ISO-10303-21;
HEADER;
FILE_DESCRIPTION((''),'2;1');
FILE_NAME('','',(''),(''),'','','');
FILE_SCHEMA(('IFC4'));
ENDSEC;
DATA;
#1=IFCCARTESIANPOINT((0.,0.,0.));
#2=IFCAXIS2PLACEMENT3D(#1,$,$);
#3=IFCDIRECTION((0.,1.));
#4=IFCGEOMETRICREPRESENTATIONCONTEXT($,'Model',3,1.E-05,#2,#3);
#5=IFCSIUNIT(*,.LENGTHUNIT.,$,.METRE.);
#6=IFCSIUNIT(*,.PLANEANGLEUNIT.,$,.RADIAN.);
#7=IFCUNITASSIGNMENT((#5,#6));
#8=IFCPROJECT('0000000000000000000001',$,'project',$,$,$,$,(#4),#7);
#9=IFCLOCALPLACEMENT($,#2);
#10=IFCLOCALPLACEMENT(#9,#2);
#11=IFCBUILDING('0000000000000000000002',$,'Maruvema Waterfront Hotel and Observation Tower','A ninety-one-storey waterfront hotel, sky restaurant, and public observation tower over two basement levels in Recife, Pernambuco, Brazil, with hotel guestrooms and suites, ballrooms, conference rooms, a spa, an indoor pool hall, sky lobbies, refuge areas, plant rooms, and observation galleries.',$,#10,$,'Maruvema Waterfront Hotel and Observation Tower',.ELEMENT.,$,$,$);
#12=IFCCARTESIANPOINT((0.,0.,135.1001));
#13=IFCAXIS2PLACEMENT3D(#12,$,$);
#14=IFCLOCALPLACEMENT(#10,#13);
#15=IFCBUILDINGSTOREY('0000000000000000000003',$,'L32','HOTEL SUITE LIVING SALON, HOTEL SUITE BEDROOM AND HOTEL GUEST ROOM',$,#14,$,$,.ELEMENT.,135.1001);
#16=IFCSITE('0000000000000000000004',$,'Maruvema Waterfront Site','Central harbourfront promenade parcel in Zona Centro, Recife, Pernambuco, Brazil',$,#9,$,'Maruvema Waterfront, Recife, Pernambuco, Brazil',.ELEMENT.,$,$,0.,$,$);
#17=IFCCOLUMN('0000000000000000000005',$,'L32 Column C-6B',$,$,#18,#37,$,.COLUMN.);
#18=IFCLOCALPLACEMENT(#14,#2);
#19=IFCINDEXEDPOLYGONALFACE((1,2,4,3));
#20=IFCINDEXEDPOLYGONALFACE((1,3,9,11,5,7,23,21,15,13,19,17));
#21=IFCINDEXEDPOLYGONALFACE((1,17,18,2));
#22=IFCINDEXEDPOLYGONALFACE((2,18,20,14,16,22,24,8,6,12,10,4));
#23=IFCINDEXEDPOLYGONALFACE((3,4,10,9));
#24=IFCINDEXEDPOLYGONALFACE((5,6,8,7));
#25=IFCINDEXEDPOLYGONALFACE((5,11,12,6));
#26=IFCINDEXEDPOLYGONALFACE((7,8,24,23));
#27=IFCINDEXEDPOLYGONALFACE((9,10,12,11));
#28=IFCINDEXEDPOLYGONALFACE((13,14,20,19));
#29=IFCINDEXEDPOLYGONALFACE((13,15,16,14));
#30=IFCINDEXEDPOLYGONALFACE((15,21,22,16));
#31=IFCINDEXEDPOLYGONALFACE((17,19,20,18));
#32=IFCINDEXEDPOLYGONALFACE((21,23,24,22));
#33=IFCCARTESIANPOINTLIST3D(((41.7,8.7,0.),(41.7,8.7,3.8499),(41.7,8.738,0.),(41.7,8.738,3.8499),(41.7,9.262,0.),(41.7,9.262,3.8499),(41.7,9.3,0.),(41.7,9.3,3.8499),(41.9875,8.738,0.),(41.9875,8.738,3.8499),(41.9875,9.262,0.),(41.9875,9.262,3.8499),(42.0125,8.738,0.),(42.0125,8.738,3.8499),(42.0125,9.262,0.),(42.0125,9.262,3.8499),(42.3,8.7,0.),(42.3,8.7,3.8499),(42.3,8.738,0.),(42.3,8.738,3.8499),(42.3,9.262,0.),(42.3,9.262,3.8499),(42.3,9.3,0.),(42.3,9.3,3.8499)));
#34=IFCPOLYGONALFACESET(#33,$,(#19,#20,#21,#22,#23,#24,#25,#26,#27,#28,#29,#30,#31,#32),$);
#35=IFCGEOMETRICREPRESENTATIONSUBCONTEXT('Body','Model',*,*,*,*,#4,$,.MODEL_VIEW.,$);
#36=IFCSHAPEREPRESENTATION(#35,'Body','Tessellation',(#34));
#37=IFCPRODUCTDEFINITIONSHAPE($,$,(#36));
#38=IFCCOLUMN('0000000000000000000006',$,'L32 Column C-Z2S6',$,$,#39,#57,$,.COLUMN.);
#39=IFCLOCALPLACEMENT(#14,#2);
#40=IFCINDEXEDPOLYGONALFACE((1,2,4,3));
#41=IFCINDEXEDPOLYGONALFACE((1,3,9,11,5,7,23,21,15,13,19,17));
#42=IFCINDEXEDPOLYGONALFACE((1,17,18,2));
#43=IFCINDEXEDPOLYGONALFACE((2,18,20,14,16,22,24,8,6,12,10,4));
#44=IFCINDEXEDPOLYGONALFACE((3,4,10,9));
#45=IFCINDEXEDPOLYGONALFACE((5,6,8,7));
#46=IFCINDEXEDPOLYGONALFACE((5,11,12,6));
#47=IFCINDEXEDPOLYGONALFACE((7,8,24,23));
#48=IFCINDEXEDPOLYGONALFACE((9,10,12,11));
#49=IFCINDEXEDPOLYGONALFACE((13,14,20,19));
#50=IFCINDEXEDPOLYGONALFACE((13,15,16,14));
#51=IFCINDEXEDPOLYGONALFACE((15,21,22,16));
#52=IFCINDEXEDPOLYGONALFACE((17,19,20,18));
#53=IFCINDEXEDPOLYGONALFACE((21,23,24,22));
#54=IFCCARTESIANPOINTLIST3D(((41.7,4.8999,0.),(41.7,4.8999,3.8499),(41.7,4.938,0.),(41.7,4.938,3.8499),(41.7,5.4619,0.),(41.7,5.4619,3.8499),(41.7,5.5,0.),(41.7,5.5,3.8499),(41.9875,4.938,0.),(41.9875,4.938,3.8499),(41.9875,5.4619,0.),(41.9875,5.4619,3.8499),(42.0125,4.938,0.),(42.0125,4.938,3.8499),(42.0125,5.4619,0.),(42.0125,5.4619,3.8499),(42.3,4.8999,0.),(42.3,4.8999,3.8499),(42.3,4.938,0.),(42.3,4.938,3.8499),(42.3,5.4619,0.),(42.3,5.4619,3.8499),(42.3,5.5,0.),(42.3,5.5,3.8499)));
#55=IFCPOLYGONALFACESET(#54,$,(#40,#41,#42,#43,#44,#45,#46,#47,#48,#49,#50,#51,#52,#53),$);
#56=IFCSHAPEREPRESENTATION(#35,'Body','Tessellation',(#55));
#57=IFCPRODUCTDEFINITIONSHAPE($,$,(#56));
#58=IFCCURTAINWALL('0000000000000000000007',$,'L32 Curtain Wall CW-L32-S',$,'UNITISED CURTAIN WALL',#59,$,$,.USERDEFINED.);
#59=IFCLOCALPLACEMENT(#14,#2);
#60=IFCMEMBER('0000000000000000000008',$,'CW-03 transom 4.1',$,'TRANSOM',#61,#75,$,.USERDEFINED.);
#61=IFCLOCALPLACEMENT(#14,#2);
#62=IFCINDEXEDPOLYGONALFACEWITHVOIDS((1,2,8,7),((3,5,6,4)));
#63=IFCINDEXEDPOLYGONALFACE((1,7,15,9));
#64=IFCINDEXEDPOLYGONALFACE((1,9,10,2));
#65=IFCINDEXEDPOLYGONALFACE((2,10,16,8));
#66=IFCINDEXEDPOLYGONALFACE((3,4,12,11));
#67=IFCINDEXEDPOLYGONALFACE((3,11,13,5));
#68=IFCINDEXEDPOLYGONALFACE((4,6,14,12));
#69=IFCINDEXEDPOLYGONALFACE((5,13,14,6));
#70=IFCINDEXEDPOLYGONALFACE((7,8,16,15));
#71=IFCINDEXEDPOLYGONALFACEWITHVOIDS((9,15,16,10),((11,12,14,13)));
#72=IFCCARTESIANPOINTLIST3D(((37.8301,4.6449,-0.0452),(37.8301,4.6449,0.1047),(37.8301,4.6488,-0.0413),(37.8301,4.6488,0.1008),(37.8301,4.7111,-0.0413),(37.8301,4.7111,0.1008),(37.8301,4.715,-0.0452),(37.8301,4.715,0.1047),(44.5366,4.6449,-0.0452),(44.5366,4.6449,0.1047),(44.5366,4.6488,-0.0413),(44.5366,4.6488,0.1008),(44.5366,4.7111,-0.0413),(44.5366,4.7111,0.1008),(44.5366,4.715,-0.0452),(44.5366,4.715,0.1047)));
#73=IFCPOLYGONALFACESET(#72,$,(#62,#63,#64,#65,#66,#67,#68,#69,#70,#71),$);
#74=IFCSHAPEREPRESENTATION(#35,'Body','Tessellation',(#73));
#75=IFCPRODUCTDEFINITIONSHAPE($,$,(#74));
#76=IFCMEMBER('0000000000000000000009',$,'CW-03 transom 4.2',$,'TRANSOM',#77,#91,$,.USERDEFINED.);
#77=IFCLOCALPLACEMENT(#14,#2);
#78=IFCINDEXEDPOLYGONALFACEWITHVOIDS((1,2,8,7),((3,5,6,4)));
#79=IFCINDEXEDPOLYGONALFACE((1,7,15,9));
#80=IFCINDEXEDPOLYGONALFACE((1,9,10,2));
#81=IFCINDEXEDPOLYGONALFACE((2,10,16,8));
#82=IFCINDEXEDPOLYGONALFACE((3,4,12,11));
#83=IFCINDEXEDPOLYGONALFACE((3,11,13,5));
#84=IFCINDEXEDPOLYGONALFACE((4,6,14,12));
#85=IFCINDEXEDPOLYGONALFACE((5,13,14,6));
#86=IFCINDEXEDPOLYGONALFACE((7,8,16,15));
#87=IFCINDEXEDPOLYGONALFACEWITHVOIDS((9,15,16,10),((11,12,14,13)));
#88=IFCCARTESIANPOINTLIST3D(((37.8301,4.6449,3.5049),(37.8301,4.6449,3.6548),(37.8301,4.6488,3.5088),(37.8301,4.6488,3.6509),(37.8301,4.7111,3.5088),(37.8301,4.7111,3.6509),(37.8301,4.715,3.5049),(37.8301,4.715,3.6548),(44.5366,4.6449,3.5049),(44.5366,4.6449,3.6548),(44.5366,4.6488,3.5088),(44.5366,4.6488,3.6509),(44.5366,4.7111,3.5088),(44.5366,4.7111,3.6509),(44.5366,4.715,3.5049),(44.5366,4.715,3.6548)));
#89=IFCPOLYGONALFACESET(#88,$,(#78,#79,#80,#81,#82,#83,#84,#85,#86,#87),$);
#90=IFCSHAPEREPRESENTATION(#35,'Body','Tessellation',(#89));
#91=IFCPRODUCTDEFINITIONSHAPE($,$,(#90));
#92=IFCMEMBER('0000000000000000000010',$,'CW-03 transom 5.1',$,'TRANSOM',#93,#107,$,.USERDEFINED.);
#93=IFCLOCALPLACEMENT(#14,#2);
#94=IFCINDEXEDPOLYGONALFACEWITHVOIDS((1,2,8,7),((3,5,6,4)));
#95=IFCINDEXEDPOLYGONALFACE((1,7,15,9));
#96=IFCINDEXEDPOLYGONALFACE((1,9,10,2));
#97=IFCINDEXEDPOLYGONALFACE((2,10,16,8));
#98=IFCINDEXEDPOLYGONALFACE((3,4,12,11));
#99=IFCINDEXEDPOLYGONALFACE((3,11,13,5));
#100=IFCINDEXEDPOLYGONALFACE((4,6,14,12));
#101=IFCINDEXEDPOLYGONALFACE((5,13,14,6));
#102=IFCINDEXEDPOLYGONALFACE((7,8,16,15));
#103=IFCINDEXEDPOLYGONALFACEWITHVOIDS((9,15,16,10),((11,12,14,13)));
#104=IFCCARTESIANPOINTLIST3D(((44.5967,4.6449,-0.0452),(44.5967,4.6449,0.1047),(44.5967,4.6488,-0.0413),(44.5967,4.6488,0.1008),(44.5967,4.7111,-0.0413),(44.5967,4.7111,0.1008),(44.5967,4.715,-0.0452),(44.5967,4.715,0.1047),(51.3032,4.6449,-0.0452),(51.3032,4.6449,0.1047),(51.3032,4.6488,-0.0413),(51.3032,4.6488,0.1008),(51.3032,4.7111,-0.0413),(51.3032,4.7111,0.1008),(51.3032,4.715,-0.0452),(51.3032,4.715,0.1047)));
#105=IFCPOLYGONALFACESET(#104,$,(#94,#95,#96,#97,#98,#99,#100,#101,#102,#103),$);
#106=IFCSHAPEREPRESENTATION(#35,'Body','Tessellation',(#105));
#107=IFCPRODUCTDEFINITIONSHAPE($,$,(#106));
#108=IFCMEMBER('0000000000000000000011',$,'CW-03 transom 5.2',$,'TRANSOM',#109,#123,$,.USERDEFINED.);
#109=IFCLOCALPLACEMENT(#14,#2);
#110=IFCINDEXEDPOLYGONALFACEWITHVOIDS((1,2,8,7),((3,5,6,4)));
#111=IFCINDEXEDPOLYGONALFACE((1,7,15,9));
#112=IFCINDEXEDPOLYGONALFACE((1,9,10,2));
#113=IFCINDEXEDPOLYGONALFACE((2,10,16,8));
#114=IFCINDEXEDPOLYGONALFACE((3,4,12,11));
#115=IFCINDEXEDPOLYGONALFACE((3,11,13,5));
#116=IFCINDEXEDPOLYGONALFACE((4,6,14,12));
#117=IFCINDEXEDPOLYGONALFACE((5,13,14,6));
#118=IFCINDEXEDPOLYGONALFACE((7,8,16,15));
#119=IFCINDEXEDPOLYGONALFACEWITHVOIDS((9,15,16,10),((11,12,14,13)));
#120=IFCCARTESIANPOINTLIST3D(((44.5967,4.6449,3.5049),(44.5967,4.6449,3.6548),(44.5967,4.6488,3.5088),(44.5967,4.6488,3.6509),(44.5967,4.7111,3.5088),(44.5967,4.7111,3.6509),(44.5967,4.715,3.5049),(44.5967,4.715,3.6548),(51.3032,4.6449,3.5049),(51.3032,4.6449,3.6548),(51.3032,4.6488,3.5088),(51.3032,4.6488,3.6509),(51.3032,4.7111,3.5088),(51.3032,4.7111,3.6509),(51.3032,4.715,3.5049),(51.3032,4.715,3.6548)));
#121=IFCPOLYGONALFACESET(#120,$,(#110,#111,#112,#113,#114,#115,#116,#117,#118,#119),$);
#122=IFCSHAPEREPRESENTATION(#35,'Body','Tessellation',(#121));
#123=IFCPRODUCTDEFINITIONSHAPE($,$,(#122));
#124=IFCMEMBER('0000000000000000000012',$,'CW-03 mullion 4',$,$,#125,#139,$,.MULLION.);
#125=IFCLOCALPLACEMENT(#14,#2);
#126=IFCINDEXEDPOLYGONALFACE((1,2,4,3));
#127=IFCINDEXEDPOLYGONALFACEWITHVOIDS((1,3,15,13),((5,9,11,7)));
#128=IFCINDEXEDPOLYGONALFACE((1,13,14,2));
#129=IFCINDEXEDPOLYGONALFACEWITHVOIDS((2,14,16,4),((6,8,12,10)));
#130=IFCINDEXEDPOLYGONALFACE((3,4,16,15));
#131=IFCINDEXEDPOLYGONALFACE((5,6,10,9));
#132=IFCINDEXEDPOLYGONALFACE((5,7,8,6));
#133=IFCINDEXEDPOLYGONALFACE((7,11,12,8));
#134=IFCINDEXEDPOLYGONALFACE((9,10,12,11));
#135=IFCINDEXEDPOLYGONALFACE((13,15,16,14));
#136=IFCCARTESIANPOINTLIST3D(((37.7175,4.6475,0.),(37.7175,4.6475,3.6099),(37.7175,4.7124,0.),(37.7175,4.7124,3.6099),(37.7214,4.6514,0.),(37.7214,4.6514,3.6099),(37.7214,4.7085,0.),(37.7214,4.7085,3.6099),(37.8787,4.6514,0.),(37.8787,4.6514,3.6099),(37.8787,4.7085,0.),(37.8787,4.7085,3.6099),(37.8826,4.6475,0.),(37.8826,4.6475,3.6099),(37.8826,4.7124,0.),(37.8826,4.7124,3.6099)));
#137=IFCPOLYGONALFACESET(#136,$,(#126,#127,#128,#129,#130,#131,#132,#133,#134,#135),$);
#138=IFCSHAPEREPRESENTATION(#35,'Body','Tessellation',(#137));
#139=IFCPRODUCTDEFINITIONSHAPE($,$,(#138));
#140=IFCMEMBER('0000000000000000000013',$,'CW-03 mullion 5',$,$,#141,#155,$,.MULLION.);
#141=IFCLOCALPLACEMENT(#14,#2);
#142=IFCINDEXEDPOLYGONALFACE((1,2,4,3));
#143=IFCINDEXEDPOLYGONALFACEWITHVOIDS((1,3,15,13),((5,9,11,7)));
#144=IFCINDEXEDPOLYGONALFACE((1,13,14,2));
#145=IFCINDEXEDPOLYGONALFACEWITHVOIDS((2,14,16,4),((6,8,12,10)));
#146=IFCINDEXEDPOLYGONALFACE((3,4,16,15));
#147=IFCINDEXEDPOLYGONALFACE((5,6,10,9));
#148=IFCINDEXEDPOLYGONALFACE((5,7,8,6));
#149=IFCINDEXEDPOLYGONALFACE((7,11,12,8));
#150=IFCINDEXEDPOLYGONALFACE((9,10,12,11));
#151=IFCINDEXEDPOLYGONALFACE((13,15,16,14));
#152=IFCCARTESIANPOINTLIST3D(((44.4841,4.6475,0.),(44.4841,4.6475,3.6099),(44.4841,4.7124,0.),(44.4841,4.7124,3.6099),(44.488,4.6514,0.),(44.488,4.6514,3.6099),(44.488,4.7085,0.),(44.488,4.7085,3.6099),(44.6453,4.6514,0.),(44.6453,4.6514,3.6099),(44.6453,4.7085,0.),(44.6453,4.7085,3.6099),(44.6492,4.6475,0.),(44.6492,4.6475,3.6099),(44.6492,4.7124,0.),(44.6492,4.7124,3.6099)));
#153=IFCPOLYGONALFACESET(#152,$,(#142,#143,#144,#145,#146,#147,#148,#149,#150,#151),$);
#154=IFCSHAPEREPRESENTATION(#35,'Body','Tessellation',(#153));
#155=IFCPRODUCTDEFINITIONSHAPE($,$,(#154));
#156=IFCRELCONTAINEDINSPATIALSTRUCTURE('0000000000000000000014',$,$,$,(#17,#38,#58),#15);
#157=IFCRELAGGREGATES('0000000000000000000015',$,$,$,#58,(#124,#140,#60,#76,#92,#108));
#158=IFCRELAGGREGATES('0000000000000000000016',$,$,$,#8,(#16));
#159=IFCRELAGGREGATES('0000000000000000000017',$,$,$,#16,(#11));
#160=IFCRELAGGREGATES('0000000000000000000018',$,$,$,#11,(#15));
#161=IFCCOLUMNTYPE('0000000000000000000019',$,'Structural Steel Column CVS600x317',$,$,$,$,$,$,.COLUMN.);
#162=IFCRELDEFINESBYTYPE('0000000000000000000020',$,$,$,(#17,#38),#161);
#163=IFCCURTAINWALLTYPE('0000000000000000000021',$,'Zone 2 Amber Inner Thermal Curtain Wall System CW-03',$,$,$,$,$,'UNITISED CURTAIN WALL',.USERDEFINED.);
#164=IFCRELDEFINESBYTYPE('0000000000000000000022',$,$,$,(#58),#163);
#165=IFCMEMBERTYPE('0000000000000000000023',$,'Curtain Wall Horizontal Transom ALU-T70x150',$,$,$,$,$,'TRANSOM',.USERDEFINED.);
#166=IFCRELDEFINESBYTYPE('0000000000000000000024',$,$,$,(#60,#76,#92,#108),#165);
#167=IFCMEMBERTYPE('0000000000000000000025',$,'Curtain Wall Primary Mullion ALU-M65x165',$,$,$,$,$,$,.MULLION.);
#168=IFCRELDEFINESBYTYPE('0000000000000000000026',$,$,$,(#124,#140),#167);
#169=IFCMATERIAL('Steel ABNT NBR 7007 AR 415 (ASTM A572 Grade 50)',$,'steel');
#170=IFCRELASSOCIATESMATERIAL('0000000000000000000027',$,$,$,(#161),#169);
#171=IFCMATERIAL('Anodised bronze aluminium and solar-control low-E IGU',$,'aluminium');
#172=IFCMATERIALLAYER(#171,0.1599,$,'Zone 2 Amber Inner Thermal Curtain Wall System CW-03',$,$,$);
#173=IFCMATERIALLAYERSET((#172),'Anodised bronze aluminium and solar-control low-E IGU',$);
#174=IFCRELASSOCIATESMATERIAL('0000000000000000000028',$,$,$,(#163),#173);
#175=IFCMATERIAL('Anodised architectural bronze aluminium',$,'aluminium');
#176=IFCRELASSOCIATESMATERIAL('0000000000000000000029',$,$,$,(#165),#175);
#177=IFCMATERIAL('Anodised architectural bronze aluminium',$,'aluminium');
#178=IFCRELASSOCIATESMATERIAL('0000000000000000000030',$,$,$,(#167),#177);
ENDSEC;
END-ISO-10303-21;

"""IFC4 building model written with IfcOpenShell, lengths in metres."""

from ifc_helpers import new_model, si_unit, direction, frame, origin, origin_2d, place, context, subcontext, project, spatial, hollow_rectangle, i_section, extrude, material, layer, layer_set, material_profile, profile_set, type_object, element, aggregate, save


model = new_model("IFC4")

# Units and contexts
model_context = context("Model", 3, precision=1e-05, world=origin(), true_north=direction((0.0, 1.0)))
body_context = subcontext(model_context, "Body", "Model", "MODEL_VIEW")
ifc_project = project(units=[si_unit("LENGTHUNIT", "METRE"), si_unit("PLANEANGLEUNIT", "RADIAN")], contexts=[model_context])

# Site, building, storey
site_placement = place(None, origin())
site = spatial("IfcSite", under=ifc_project, at=site_placement, Name="Maruvema Waterfront Site", Description="Central harbourfront promenade parcel in Zona Centro, Recife, Pernambuco, Brazil", LongName="Maruvema Waterfront, Recife, Pernambuco, Brazil", CompositionType="ELEMENT", RefElevation=0.0)
building_placement = place(site_placement, origin())
building = spatial("IfcBuilding", under=site, at=building_placement, Name="Maruvema Waterfront Hotel and Observation Tower", Description="A ninety-one-storey waterfront hotel, sky restaurant, and public observation tower over two basement levels in Recife, Pernambuco, Brazil, with hotel guestrooms and suites, ballrooms, conference rooms, a spa, an indoor pool hall, sky lobbies, refuge areas, plant rooms, and observation galleries.", LongName="Maruvema Waterfront Hotel and Observation Tower", CompositionType="ELEMENT")
storey_placement = place(building_placement, frame((0.0, 0.0, 135.1001)))
storey = spatial("IfcBuildingStorey", under=building, at=storey_placement, Name="L32", Description="HOTEL SUITE LIVING SALON, HOTEL SUITE BEDROOM AND HOTEL GUEST ROOM", CompositionType="ELEMENT", Elevation=135.1001)

# Columns
ifc_material_1 = material(Name="Steel ABNT NBR 7007 AR 415 (ASTM A572 Grade 50)", Category="steel")
ifc_material_profile_1 = material_profile(ifc_material_1, i_section(OverallWidth=0.6001, OverallDepth=0.6001, WebThickness=0.0249, FlangeThickness=0.0381, at=origin_2d()), Name="CVS600x317")
ifc_profile_set_1 = profile_set([ifc_material_profile_1], Name="Steel ABNT NBR 7007 AR 415 (ASTM A572 Grade 50)")
column_type = type_object("IfcColumnType", Name="Structural Steel Column CVS600x317", PredefinedType="COLUMN", material=ifc_profile_set_1)
for number, where, z_axis, x_axis, name in (
    (1, (42.0, 9.0, 0.0), (0.0, 0.0, 1.0), (1.0, 0.0, 0.0), "L32 Column C-6B"),
    (2, (42.0, 5.2, 0.0), (0.0, 0.0, 1.0), (1.0, 0.0, 0.0), "L32 Column C-Z2S6"),
):
    element("IfcColumn", number, at=place(storey_placement, frame(where, z_axis=z_axis, x_axis=x_axis)), inside=storey, type_object=column_type, Name=name, PredefinedType="COLUMN", context=body_context, shape_type="SweptSolid", body=[
        extrude(i_section(OverallWidth=0.6001, OverallDepth=0.6001, WebThickness=0.0249, FlangeThickness=0.0381, at=origin_2d()), origin(), (0.0, 0.0, 1.0), 3.8499),
    ])

# Curtain wall, members
ifc_material_2 = material(Name="Anodised bronze aluminium and solar-control low-E IGU", Category="aluminium")
ifc_layer_1 = layer(ifc_material_2, 0.1599, Name="Zone 2 Amber Inner Thermal Curtain Wall System CW-03")
ifc_layer_set_1 = layer_set([ifc_layer_1], Name="Anodised bronze aluminium and solar-control low-E IGU")
curtain_wall_type = type_object("IfcCurtainWallType", Name="Zone 2 Amber Inner Thermal Curtain Wall System CW-03", ElementType="UNITISED CURTAIN WALL", PredefinedType="USERDEFINED", material=ifc_layer_set_1)
curtain_wall_placement = place(storey_placement, origin())
curtain_wall = element("IfcCurtainWall", 3, at=curtain_wall_placement, inside=storey, type_object=curtain_wall_type, Name="L32 Curtain Wall CW-L32-S", ObjectType="UNITISED CURTAIN WALL", PredefinedType="USERDEFINED")
ifc_material_3 = material(Name="Anodised architectural bronze aluminium", Category="aluminium")
ifc_material_profile_2 = material_profile(ifc_material_3, hollow_rectangle(XDim=0.0701, YDim=0.1499, WallThickness=0.0039, at=origin_2d()), Name="ALU-T70x150")
ifc_profile_set_2 = profile_set([ifc_material_profile_2], Name="Anodised architectural bronze aluminium")
member_type_1 = type_object("IfcMemberType", Name="Curtain Wall Horizontal Transom ALU-T70x150", ElementType="TRANSOM", PredefinedType="USERDEFINED", material=ifc_profile_set_2)
member_1_placement = place(storey_placement, frame((37.8301, 4.6799, 0.0298), z_axis=(1.0, 0.0, 0.0), x_axis=(0.0, 1.0, 0.0)))
member_1 = element("IfcMember", 4, at=member_1_placement, type_object=member_type_1, Name="CW-03 transom 4.1", ObjectType="TRANSOM", PredefinedType="USERDEFINED", context=body_context, shape_type="SweptSolid", body=[
    extrude(hollow_rectangle(XDim=0.0701, YDim=0.1499, WallThickness=0.0039, at=origin_2d()), origin(), (0.0, 0.0, 1.0), 6.7065),
])
member_2_placement = place(storey_placement, frame((37.8301, 4.6799, 3.5798), z_axis=(1.0, 0.0, 0.0), x_axis=(0.0, 1.0, 0.0)))
member_2 = element("IfcMember", 5, at=member_2_placement, type_object=member_type_1, Name="CW-03 transom 4.2", ObjectType="TRANSOM", PredefinedType="USERDEFINED", context=body_context, shape_type="SweptSolid", body=[
    extrude(hollow_rectangle(XDim=0.0701, YDim=0.1499, WallThickness=0.0039, at=origin_2d()), origin(), (0.0, 0.0, 1.0), 6.7065),
])
member_3_placement = place(storey_placement, frame((44.5967, 4.6799, 0.0298), z_axis=(1.0, 0.0, 0.0), x_axis=(0.0, 1.0, 0.0)))
member_3 = element("IfcMember", 6, at=member_3_placement, type_object=member_type_1, Name="CW-03 transom 5.1", ObjectType="TRANSOM", PredefinedType="USERDEFINED", context=body_context, shape_type="SweptSolid", body=[
    extrude(hollow_rectangle(XDim=0.0701, YDim=0.1499, WallThickness=0.0039, at=origin_2d()), origin(), (0.0, 0.0, 1.0), 6.7065),
])
member_4_placement = place(storey_placement, frame((44.5967, 4.6799, 3.5798), z_axis=(1.0, 0.0, 0.0), x_axis=(0.0, 1.0, 0.0)))
member_4 = element("IfcMember", 7, at=member_4_placement, type_object=member_type_1, Name="CW-03 transom 5.2", ObjectType="TRANSOM", PredefinedType="USERDEFINED", context=body_context, shape_type="SweptSolid", body=[
    extrude(hollow_rectangle(XDim=0.0701, YDim=0.1499, WallThickness=0.0039, at=origin_2d()), origin(), (0.0, 0.0, 1.0), 6.7065),
])
ifc_material_4 = material(Name="Anodised architectural bronze aluminium", Category="aluminium")
ifc_material_profile_3 = material_profile(ifc_material_4, hollow_rectangle(XDim=0.0649, YDim=0.165, WallThickness=0.0039, at=origin_2d()), Name="ALU-M65x165")
ifc_profile_set_3 = profile_set([ifc_material_profile_3], Name="Anodised architectural bronze aluminium")
member_type_2 = type_object("IfcMemberType", Name="Curtain Wall Primary Mullion ALU-M65x165", PredefinedType="MULLION", material=ifc_profile_set_3)
member_5_placement = place(storey_placement, frame((37.8, 4.6799, 0.0), z_axis=(0.0, 0.0, 1.0), x_axis=(0.0, 1.0, 0.0)))
member_5 = element("IfcMember", 8, at=member_5_placement, type_object=member_type_2, Name="CW-03 mullion 4", PredefinedType="MULLION", context=body_context, shape_type="SweptSolid", body=[
    extrude(hollow_rectangle(XDim=0.0649, YDim=0.165, WallThickness=0.0039, at=origin_2d()), origin(), (0.0, 0.0, 1.0), 3.6099),
])
member_6_placement = place(storey_placement, frame((44.5667, 4.6799, 0.0), z_axis=(0.0, 0.0, 1.0), x_axis=(0.0, 1.0, 0.0)))
member_6 = element("IfcMember", 9, at=member_6_placement, type_object=member_type_2, Name="CW-03 mullion 5", PredefinedType="MULLION", context=body_context, shape_type="SweptSolid", body=[
    extrude(hollow_rectangle(XDim=0.0649, YDim=0.165, WallThickness=0.0039, at=origin_2d()), origin(), (0.0, 0.0, 1.0), 3.6099),
])

aggregate(curtain_wall, [member_5, member_6, member_1, member_2, member_3, member_4])

save(model, "model.ifc")
